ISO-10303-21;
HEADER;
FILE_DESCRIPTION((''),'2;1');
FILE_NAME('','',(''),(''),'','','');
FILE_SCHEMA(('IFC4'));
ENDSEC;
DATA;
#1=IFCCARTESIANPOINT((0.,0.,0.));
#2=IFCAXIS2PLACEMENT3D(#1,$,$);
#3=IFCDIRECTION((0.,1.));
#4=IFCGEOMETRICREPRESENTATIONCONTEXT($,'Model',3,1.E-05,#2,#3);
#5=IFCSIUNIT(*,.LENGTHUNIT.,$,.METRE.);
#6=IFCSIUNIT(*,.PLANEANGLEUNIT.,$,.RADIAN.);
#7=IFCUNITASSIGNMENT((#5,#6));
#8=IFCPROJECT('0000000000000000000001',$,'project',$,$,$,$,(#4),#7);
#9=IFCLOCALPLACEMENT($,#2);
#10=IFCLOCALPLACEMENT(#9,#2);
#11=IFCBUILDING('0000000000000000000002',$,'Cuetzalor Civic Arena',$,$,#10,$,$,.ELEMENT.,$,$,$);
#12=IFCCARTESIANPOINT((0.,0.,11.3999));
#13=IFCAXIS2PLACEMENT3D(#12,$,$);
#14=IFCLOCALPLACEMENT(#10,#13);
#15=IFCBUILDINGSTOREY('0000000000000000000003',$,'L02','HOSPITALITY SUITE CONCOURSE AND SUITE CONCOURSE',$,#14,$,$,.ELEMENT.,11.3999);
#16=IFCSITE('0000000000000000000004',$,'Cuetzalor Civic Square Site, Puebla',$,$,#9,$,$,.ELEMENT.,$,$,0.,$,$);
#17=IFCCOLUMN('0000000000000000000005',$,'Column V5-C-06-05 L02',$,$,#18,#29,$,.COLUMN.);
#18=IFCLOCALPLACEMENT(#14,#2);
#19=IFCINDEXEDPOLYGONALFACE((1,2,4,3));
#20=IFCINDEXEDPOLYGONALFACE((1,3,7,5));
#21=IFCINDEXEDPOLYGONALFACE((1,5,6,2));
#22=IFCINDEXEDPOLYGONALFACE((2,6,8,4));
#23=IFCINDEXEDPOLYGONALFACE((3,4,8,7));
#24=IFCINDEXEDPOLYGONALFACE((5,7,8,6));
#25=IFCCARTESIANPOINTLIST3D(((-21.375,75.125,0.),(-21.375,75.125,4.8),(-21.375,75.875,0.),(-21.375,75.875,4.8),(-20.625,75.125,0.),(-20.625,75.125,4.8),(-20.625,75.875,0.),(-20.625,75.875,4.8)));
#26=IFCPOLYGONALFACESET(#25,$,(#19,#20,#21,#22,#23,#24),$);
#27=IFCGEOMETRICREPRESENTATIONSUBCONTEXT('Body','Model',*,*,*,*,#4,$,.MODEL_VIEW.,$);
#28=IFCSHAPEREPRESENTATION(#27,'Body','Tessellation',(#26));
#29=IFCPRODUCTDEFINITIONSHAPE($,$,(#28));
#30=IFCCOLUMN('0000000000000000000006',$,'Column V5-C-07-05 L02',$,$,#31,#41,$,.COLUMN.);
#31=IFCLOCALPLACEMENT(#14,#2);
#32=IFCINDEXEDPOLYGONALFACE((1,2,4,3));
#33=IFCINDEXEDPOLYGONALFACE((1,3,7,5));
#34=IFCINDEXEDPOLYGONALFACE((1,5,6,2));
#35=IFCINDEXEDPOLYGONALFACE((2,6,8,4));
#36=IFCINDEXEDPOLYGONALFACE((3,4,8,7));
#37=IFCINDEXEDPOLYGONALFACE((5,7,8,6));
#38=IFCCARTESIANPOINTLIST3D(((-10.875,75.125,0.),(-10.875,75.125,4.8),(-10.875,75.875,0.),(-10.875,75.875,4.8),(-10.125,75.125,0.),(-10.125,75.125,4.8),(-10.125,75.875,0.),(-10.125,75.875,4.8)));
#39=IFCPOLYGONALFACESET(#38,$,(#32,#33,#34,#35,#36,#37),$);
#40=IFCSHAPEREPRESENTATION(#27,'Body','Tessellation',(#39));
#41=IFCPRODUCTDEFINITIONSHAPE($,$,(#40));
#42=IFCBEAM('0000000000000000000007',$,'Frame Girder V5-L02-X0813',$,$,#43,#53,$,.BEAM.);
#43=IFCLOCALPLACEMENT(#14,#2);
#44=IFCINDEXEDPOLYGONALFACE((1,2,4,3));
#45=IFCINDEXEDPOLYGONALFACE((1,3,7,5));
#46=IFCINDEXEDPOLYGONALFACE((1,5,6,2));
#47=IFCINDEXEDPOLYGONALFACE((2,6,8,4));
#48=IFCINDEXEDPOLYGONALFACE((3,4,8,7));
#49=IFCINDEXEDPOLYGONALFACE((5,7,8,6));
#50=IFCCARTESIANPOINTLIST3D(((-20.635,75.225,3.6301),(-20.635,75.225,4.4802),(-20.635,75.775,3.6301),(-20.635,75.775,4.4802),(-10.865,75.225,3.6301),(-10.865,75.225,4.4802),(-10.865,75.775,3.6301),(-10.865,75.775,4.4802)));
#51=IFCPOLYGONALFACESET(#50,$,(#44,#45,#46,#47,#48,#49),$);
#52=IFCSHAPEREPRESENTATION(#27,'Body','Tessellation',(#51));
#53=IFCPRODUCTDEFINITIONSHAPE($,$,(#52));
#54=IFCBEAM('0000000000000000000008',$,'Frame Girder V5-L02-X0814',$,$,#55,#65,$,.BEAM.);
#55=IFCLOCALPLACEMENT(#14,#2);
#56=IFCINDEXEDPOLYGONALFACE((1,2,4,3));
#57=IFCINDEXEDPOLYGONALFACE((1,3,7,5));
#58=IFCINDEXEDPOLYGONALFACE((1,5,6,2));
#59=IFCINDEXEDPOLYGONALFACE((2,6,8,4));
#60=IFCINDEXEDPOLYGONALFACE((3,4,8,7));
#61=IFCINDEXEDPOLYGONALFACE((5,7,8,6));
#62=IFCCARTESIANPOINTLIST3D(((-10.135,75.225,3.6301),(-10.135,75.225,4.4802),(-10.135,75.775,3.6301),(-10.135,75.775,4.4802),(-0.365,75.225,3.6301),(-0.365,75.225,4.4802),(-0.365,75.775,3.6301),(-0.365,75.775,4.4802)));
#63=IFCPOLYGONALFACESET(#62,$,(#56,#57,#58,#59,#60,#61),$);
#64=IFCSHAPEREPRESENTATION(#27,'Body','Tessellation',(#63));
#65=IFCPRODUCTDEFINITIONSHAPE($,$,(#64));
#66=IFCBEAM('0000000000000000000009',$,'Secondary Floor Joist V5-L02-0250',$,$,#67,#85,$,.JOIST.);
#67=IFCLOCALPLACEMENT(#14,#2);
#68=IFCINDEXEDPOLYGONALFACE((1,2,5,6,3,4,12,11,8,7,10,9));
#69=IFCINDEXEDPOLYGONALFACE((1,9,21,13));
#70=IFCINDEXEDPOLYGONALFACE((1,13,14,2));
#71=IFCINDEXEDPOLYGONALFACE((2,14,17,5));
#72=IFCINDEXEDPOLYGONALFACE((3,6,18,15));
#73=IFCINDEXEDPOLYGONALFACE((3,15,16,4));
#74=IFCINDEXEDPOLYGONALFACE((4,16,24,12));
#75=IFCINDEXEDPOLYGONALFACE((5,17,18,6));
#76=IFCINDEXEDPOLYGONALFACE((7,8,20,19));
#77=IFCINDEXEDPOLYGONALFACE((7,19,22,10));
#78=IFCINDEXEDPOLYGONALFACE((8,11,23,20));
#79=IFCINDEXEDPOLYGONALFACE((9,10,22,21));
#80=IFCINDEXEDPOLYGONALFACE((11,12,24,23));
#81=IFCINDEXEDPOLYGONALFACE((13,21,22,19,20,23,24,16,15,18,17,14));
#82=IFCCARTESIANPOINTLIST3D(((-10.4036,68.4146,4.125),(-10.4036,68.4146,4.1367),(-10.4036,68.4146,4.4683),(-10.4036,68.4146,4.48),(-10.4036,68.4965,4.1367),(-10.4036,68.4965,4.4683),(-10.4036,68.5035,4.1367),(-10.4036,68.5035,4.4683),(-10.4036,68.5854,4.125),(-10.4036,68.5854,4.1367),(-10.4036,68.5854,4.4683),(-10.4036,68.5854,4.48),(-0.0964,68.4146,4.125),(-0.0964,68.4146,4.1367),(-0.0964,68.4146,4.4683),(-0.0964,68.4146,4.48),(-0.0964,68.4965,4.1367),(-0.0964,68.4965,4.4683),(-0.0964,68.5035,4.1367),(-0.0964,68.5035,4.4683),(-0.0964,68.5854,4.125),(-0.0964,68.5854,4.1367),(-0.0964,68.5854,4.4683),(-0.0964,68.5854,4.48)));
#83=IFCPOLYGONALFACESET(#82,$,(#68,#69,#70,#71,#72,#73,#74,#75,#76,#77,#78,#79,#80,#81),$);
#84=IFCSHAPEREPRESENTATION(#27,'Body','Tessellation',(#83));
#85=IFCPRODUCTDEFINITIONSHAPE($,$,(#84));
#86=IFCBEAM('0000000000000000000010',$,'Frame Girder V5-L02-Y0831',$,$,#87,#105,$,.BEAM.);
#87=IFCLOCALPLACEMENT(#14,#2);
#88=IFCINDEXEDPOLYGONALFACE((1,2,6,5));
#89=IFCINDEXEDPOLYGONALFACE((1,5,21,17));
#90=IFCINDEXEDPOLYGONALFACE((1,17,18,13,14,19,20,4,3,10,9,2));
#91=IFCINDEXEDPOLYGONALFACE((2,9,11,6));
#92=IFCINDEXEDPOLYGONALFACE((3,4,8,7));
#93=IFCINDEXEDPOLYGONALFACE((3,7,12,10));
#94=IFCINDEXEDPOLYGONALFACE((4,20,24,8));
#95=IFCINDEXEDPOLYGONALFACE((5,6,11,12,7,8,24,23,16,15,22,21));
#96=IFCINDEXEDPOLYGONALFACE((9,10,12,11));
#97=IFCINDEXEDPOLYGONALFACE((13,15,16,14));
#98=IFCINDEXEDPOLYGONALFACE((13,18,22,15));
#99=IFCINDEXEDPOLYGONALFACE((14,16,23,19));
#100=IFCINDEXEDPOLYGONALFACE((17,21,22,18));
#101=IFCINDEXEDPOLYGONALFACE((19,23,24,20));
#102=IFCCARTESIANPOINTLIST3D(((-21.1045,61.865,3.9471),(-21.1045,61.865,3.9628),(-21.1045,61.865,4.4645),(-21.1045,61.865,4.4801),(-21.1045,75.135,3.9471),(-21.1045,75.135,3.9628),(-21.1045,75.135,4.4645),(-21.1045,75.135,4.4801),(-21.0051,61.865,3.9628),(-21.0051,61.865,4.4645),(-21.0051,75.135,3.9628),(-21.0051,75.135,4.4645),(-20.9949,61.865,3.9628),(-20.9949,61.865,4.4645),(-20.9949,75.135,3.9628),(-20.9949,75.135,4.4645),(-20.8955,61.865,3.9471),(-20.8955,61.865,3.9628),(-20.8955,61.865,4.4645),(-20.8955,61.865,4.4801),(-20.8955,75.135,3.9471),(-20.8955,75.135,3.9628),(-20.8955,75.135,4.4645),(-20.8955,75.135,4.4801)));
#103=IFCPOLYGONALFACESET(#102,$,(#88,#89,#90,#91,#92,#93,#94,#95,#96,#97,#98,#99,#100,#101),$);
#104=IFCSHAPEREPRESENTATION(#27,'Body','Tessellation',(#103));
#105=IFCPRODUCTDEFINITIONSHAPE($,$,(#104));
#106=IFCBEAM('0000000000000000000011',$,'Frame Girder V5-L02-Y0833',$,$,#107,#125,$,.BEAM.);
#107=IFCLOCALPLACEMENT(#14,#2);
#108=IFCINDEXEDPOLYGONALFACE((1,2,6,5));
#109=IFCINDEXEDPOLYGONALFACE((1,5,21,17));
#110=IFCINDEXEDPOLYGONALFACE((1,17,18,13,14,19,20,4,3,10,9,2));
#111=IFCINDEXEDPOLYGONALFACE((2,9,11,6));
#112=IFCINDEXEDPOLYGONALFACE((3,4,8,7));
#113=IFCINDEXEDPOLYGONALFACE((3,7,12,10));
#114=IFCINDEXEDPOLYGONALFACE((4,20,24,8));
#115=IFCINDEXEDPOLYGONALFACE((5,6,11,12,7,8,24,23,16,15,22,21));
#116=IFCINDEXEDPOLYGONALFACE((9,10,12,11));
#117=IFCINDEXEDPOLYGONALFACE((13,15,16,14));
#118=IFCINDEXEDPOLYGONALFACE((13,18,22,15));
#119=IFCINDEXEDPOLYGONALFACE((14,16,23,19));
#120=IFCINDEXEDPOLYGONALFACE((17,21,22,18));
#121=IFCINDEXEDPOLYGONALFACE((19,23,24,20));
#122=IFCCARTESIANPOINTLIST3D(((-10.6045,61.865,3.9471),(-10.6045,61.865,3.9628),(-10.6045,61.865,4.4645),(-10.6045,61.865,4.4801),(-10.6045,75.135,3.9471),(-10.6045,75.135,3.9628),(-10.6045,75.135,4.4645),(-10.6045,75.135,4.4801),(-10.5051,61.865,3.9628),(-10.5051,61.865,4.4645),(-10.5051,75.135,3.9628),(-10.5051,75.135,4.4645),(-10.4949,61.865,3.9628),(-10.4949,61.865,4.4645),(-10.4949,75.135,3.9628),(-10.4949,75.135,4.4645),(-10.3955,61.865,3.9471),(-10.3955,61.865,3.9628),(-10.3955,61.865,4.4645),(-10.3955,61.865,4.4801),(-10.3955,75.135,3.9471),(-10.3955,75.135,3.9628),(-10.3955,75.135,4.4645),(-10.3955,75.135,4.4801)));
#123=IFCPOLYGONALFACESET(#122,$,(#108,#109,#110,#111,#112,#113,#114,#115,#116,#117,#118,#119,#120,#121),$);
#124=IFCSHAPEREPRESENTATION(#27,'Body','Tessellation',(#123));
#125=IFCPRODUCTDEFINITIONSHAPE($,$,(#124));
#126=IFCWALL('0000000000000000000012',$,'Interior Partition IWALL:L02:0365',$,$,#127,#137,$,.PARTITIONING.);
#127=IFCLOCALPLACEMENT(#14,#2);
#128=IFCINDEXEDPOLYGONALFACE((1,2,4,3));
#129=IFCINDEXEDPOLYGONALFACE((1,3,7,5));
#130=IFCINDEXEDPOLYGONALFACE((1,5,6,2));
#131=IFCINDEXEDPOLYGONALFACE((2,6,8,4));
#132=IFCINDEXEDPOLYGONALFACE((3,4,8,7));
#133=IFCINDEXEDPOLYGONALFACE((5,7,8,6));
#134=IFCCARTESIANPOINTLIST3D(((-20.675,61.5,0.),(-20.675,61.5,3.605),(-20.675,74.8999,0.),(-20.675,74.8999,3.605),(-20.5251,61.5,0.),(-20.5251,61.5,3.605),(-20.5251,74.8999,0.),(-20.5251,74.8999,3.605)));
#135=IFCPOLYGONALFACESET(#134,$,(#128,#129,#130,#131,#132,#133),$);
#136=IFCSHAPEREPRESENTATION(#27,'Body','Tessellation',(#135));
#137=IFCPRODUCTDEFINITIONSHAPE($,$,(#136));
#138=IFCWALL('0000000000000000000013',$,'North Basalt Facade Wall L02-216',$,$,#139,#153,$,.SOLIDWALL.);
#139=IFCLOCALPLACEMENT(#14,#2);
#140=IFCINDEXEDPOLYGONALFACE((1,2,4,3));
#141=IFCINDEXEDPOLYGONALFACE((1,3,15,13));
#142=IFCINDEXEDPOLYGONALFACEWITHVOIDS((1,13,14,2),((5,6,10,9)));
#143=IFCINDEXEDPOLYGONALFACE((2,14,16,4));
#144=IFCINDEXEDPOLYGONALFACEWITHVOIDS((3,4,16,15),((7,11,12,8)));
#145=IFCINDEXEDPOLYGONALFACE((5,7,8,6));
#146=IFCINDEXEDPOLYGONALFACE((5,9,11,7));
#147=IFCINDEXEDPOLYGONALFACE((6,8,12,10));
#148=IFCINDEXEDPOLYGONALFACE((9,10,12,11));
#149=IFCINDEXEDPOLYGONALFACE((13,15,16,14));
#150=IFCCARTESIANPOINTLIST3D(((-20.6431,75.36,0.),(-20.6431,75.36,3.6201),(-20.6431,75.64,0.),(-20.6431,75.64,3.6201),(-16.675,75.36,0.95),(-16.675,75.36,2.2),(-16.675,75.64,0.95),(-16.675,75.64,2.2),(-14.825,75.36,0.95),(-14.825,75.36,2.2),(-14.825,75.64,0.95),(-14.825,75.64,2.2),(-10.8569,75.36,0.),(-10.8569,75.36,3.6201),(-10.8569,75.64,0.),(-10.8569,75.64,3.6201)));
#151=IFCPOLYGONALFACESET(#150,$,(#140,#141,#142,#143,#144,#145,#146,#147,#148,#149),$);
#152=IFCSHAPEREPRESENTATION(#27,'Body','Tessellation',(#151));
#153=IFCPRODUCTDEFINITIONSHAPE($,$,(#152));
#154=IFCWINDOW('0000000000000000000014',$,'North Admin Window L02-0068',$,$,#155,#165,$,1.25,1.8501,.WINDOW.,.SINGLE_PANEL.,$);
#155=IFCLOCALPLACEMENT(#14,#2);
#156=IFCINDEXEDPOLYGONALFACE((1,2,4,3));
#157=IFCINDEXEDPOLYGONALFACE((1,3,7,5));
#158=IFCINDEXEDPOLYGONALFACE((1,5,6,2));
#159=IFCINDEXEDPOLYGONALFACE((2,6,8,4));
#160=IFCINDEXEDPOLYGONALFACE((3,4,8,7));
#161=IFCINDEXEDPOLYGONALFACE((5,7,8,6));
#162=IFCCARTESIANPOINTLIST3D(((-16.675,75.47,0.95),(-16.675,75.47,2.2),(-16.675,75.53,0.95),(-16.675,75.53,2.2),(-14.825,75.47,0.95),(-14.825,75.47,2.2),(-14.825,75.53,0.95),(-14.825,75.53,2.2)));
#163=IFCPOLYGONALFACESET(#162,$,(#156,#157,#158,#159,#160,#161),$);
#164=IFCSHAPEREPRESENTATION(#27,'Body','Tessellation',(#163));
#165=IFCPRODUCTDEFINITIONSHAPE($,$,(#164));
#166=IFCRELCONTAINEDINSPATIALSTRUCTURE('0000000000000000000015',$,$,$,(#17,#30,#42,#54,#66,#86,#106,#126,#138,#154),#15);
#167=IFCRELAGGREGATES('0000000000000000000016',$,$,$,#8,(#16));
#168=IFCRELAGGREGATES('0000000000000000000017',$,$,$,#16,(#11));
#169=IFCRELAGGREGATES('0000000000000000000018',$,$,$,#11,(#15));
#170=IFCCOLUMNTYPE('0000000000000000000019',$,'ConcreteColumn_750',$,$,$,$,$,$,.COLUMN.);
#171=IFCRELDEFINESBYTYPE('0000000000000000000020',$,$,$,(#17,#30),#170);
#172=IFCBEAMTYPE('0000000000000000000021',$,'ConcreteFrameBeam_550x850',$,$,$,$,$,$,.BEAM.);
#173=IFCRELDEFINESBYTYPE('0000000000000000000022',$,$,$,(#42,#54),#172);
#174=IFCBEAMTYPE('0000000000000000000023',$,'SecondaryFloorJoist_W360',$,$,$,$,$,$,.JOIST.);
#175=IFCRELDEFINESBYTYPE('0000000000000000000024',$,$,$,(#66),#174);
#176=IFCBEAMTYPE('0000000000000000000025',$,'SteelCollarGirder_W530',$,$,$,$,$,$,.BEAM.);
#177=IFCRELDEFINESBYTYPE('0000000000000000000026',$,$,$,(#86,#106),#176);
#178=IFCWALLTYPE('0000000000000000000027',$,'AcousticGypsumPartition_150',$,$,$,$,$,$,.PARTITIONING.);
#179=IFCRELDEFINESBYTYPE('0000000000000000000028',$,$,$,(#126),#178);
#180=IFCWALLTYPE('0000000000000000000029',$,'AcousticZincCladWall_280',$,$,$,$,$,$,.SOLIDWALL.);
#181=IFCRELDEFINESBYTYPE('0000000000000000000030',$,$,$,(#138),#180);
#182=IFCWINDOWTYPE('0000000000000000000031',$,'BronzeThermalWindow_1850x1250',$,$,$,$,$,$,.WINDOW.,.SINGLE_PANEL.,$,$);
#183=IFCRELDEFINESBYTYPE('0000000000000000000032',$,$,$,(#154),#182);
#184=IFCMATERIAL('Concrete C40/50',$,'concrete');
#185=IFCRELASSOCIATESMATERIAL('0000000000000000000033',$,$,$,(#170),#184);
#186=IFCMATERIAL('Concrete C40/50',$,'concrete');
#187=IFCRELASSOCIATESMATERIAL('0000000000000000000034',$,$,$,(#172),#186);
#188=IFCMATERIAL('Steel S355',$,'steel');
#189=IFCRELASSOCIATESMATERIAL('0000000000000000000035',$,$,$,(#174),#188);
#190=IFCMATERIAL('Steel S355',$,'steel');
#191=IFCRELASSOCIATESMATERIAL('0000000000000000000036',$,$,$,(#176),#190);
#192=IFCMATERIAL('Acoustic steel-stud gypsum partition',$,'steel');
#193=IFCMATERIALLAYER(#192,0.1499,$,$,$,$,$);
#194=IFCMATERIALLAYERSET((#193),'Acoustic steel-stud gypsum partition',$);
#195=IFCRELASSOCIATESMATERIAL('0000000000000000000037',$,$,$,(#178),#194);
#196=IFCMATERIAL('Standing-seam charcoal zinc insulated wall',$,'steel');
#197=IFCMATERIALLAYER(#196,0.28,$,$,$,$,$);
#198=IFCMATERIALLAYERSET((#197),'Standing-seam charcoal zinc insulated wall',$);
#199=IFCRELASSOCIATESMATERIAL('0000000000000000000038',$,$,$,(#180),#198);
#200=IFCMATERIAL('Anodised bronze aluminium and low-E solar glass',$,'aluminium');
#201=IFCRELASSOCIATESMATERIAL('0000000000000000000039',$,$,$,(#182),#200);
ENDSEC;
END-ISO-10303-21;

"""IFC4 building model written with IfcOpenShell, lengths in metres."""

from ifc_helpers import new_model, si_unit, direction, frame, frame_2d, origin, origin_2d, place, context, subcontext, project, spatial, rectangle, i_section, extrude, material, layer, layer_set, material_profile, profile_set, type_object, element, fill, save


model = new_model("IFC4")

# Units and contexts
model_context = context("Model", 3, precision=1e-05, world=origin(), true_north=direction((0.0, 1.0)))
body_context = subcontext(model_context, "Body", "Model", "MODEL_VIEW")
ifc_project = project(units=[si_unit("LENGTHUNIT", "METRE"), si_unit("PLANEANGLEUNIT", "RADIAN")], contexts=[model_context])

# Site, building, storey
site_placement = place(None, origin())
site = spatial("IfcSite", under=ifc_project, at=site_placement, Name="Cuetzalor Civic Square Site, Puebla", CompositionType="ELEMENT", RefElevation=0.0)
building_placement = place(site_placement, origin())
building = spatial("IfcBuilding", under=site, at=building_placement, Name="Cuetzalor Civic Arena", CompositionType="ELEMENT")
storey_placement = place(building_placement, frame((0.0, 0.0, 11.3999)))
storey = spatial("IfcBuildingStorey", under=building, at=storey_placement, Name="L02", Description="HOSPITALITY SUITE CONCOURSE AND SUITE CONCOURSE", CompositionType="ELEMENT", Elevation=11.3999)

# Columns
ifc_material_1 = material(Name="Concrete C40/50", Category="concrete")
ifc_material_profile_1 = material_profile(ifc_material_1, rectangle(XDim=0.75, YDim=0.75, at=origin_2d()), Name="RC 750x750")
ifc_profile_set_1 = profile_set([ifc_material_profile_1], Name="Concrete C40/50")
column_type = type_object("IfcColumnType", Name="ConcreteColumn_750", PredefinedType="COLUMN", material=ifc_profile_set_1)
for number, where, z_axis, x_axis, name in (
    (1, (-21.0, 75.5, 0.0), (0.0, 0.0, 1.0), (1.0, 0.0, 0.0), "Column V5-C-06-05 L02"),
    (2, (-10.5, 75.5, 0.0), (0.0, 0.0, 1.0), (1.0, 0.0, 0.0), "Column V5-C-07-05 L02"),
):
    element("IfcColumn", number, at=place(storey_placement, frame(where, z_axis=z_axis, x_axis=x_axis)), inside=storey, type_object=column_type, Name=name, PredefinedType="COLUMN", context=body_context, shape_type="SweptSolid", body=[
        extrude(rectangle(XDim=0.75, YDim=0.75, at=origin_2d()), origin(), (0.0, 0.0, 1.0), 4.8),
    ])

# Beams
ifc_material_2 = material(Name="Concrete C40/50", Category="concrete")
ifc_material_profile_2 = material_profile(ifc_material_2, rectangle(XDim=0.55, YDim=0.8501, at=origin_2d()), Name="RC 550x850")
ifc_profile_set_2 = profile_set([ifc_material_profile_2], Name="Concrete C40/50")
beam_type_1 = type_object("IfcBeamType", Name="ConcreteFrameBeam_550x850", PredefinedType="BEAM", material=ifc_profile_set_2)
for number, where, z_axis, x_axis, name in (
    (3, (-20.635, 75.5, 4.0552), (1.0, 0.0, 0.0), (0.0, 1.0, 0.0), "Frame Girder V5-L02-X0813"),
    (4, (-10.135, 75.5, 4.0552), (1.0, 0.0, 0.0), (0.0, 1.0, 0.0), "Frame Girder V5-L02-X0814"),
):
    element("IfcBeam", number, at=place(storey_placement, frame(where, z_axis=z_axis, x_axis=x_axis)), inside=storey, type_object=beam_type_1, Name=name, PredefinedType="BEAM", context=body_context, shape_type="SweptSolid", body=[
        extrude(rectangle(XDim=0.55, YDim=0.8501, at=origin_2d()), origin(), (0.0, 0.0, 1.0), 9.77),
    ])
ifc_material_3 = material(Name="Steel S355", Category="steel")
ifc_material_profile_3 = material_profile(ifc_material_3, i_section(OverallWidth=0.1709, OverallDepth=0.355, WebThickness=0.0071, FlangeThickness=0.0117, at=origin_2d()), Name="W360x51")
ifc_profile_set_3 = profile_set([ifc_material_profile_3], Name="Steel S355")
beam_type_2 = type_object("IfcBeamType", Name="SecondaryFloorJoist_W360", PredefinedType="JOIST", material=ifc_profile_set_3)
beam_placement = place(storey_placement, frame((-10.4036, 68.5, 4.3025), z_axis=(1.0, 0.0, 0.0), x_axis=(0.0, 1.0, 0.0)))
element("IfcBeam", 5, at=beam_placement, inside=storey, type_object=beam_type_2, Name="Secondary Floor Joist V5-L02-0250", PredefinedType="JOIST", context=body_context, shape_type="SweptSolid", body=[
    extrude(i_section(OverallWidth=0.1709, OverallDepth=0.355, WebThickness=0.0071, FlangeThickness=0.0117, at=origin_2d()), origin(), (0.0, 0.0, 1.0), 10.3071),
])
ifc_material_4 = material(Name="Steel S355", Category="steel")
ifc_material_profile_4 = material_profile(ifc_material_4, i_section(OverallWidth=0.209, OverallDepth=0.533, WebThickness=0.0103, FlangeThickness=0.0156, at=origin_2d()), Name="W530x92")
ifc_profile_set_4 = profile_set([ifc_material_profile_4], Name="Steel S355")
beam_type_3 = type_object("IfcBeamType", Name="SteelCollarGirder_W530", PredefinedType="BEAM", material=ifc_profile_set_4)
for number, where, z_axis, x_axis, name in (
    (6, (-21.0, 61.865, 4.2136), (0.0, 1.0, 0.0), (-1.0, 0.0, 0.0), "Frame Girder V5-L02-Y0831"),
    (7, (-10.5, 61.865, 4.2136), (0.0, 1.0, 0.0), (-1.0, 0.0, 0.0), "Frame Girder V5-L02-Y0833"),
):
    element("IfcBeam", number, at=place(storey_placement, frame(where, z_axis=z_axis, x_axis=x_axis)), inside=storey, type_object=beam_type_3, Name=name, PredefinedType="BEAM", context=body_context, shape_type="SweptSolid", body=[
        extrude(i_section(OverallWidth=0.209, OverallDepth=0.533, WebThickness=0.0103, FlangeThickness=0.0156, at=origin_2d()), origin(), (0.0, 0.0, 1.0), 13.27),
    ])

# Wall
ifc_material_5 = material(Name="Acoustic steel-stud gypsum partition", Category="steel")
ifc_layer_1 = layer(ifc_material_5, 0.1499)
ifc_layer_set_1 = layer_set([ifc_layer_1], Name="Acoustic steel-stud gypsum partition")
wall_type_1 = type_object("IfcWallType", Name="AcousticGypsumPartition_150", PredefinedType="PARTITIONING", material=ifc_layer_set_1)
wall_1_placement = place(storey_placement, frame((-20.6001, 74.8999, 0.0), z_axis=(0.0, 0.0, 1.0), x_axis=(0.0, -1.0, 0.0)))
element("IfcWall", 8, at=wall_1_placement, inside=storey, type_object=wall_type_1, Name="Interior Partition IWALL:L02:0365", PredefinedType="PARTITIONING", context=body_context, shape_type="SweptSolid", body=[
    extrude(rectangle(XDim=13.3999, YDim=0.1499, at=frame_2d((6.7, 0.0))), origin(), (0.0, 0.0, 1.0), 3.605),
])

# Wall, opening, window
ifc_material_6 = material(Name="Standing-seam charcoal zinc insulated wall", Category="steel")
ifc_layer_2 = layer(ifc_material_6, 0.28)
ifc_layer_set_2 = layer_set([ifc_layer_2], Name="Standing-seam charcoal zinc insulated wall")
wall_type_2 = type_object("IfcWallType", Name="AcousticZincCladWall_280", PredefinedType="SOLIDWALL", material=ifc_layer_set_2)
wall_2_placement = place(storey_placement, frame((-20.6431, 75.5, 0.0), z_axis=(0.0, 0.0, 1.0), x_axis=(1.0, 0.0, 0.0)))
wall_2 = element("IfcWall", 9, at=wall_2_placement, inside=storey, type_object=wall_type_2, Name="North Basalt Facade Wall L02-216", PredefinedType="SOLIDWALL", context=body_context, shape_type="SweptSolid", body=[
    extrude(rectangle(XDim=9.7861, YDim=0.28, at=frame_2d((4.8931, 0.0))), origin(), (0.0, 0.0, 1.0), 3.6201),
])
opening_1_placement = place(wall_2_placement, frame((3.968, 0.0, 0.95)))
opening_1 = element("IfcOpeningElement", 10, at=opening_1_placement, cuts=wall_2, PredefinedType="OPENING", context=body_context, shape_type="SweptSolid", body=[
    extrude(rectangle(XDim=1.8501, YDim=1.25, at=frame_2d((0.925, 0.625))), frame((0.0, 0.1499, 0.0), z_axis=(0.0, -1.0, 0.0), x_axis=(1.0, 0.0, 0.0)), (0.0, 0.0, 1.0), 0.3),
])
ifc_material_7 = material(Name="Anodised bronze aluminium and low-E solar glass", Category="aluminium")
window_type_1 = type_object("IfcWindowType", Name="BronzeThermalWindow_1850x1250", PartitioningType="SINGLE_PANEL", PredefinedType="WINDOW", material=ifc_material_7)
window_1_placement = place(opening_1_placement, origin())
window_1 = element("IfcWindow", 11, at=window_1_placement, inside=storey, type_object=window_type_1, Name="North Admin Window L02-0068", OverallHeight=1.25, OverallWidth=1.8501, PartitioningType="SINGLE_PANEL", PredefinedType="WINDOW", context=body_context, shape_type="SweptSolid", body=[
    extrude(rectangle(XDim=1.8501, YDim=1.25, at=frame_2d((0.925, 0.625))), frame((0.0, 0.03, 0.0), z_axis=(0.0, -1.0, 0.0), x_axis=(1.0, 0.0, 0.0)), (0.0, 0.0, 1.0), 0.0601),
])
fill(opening_1, window_1)

save(model, "model.ifc")
